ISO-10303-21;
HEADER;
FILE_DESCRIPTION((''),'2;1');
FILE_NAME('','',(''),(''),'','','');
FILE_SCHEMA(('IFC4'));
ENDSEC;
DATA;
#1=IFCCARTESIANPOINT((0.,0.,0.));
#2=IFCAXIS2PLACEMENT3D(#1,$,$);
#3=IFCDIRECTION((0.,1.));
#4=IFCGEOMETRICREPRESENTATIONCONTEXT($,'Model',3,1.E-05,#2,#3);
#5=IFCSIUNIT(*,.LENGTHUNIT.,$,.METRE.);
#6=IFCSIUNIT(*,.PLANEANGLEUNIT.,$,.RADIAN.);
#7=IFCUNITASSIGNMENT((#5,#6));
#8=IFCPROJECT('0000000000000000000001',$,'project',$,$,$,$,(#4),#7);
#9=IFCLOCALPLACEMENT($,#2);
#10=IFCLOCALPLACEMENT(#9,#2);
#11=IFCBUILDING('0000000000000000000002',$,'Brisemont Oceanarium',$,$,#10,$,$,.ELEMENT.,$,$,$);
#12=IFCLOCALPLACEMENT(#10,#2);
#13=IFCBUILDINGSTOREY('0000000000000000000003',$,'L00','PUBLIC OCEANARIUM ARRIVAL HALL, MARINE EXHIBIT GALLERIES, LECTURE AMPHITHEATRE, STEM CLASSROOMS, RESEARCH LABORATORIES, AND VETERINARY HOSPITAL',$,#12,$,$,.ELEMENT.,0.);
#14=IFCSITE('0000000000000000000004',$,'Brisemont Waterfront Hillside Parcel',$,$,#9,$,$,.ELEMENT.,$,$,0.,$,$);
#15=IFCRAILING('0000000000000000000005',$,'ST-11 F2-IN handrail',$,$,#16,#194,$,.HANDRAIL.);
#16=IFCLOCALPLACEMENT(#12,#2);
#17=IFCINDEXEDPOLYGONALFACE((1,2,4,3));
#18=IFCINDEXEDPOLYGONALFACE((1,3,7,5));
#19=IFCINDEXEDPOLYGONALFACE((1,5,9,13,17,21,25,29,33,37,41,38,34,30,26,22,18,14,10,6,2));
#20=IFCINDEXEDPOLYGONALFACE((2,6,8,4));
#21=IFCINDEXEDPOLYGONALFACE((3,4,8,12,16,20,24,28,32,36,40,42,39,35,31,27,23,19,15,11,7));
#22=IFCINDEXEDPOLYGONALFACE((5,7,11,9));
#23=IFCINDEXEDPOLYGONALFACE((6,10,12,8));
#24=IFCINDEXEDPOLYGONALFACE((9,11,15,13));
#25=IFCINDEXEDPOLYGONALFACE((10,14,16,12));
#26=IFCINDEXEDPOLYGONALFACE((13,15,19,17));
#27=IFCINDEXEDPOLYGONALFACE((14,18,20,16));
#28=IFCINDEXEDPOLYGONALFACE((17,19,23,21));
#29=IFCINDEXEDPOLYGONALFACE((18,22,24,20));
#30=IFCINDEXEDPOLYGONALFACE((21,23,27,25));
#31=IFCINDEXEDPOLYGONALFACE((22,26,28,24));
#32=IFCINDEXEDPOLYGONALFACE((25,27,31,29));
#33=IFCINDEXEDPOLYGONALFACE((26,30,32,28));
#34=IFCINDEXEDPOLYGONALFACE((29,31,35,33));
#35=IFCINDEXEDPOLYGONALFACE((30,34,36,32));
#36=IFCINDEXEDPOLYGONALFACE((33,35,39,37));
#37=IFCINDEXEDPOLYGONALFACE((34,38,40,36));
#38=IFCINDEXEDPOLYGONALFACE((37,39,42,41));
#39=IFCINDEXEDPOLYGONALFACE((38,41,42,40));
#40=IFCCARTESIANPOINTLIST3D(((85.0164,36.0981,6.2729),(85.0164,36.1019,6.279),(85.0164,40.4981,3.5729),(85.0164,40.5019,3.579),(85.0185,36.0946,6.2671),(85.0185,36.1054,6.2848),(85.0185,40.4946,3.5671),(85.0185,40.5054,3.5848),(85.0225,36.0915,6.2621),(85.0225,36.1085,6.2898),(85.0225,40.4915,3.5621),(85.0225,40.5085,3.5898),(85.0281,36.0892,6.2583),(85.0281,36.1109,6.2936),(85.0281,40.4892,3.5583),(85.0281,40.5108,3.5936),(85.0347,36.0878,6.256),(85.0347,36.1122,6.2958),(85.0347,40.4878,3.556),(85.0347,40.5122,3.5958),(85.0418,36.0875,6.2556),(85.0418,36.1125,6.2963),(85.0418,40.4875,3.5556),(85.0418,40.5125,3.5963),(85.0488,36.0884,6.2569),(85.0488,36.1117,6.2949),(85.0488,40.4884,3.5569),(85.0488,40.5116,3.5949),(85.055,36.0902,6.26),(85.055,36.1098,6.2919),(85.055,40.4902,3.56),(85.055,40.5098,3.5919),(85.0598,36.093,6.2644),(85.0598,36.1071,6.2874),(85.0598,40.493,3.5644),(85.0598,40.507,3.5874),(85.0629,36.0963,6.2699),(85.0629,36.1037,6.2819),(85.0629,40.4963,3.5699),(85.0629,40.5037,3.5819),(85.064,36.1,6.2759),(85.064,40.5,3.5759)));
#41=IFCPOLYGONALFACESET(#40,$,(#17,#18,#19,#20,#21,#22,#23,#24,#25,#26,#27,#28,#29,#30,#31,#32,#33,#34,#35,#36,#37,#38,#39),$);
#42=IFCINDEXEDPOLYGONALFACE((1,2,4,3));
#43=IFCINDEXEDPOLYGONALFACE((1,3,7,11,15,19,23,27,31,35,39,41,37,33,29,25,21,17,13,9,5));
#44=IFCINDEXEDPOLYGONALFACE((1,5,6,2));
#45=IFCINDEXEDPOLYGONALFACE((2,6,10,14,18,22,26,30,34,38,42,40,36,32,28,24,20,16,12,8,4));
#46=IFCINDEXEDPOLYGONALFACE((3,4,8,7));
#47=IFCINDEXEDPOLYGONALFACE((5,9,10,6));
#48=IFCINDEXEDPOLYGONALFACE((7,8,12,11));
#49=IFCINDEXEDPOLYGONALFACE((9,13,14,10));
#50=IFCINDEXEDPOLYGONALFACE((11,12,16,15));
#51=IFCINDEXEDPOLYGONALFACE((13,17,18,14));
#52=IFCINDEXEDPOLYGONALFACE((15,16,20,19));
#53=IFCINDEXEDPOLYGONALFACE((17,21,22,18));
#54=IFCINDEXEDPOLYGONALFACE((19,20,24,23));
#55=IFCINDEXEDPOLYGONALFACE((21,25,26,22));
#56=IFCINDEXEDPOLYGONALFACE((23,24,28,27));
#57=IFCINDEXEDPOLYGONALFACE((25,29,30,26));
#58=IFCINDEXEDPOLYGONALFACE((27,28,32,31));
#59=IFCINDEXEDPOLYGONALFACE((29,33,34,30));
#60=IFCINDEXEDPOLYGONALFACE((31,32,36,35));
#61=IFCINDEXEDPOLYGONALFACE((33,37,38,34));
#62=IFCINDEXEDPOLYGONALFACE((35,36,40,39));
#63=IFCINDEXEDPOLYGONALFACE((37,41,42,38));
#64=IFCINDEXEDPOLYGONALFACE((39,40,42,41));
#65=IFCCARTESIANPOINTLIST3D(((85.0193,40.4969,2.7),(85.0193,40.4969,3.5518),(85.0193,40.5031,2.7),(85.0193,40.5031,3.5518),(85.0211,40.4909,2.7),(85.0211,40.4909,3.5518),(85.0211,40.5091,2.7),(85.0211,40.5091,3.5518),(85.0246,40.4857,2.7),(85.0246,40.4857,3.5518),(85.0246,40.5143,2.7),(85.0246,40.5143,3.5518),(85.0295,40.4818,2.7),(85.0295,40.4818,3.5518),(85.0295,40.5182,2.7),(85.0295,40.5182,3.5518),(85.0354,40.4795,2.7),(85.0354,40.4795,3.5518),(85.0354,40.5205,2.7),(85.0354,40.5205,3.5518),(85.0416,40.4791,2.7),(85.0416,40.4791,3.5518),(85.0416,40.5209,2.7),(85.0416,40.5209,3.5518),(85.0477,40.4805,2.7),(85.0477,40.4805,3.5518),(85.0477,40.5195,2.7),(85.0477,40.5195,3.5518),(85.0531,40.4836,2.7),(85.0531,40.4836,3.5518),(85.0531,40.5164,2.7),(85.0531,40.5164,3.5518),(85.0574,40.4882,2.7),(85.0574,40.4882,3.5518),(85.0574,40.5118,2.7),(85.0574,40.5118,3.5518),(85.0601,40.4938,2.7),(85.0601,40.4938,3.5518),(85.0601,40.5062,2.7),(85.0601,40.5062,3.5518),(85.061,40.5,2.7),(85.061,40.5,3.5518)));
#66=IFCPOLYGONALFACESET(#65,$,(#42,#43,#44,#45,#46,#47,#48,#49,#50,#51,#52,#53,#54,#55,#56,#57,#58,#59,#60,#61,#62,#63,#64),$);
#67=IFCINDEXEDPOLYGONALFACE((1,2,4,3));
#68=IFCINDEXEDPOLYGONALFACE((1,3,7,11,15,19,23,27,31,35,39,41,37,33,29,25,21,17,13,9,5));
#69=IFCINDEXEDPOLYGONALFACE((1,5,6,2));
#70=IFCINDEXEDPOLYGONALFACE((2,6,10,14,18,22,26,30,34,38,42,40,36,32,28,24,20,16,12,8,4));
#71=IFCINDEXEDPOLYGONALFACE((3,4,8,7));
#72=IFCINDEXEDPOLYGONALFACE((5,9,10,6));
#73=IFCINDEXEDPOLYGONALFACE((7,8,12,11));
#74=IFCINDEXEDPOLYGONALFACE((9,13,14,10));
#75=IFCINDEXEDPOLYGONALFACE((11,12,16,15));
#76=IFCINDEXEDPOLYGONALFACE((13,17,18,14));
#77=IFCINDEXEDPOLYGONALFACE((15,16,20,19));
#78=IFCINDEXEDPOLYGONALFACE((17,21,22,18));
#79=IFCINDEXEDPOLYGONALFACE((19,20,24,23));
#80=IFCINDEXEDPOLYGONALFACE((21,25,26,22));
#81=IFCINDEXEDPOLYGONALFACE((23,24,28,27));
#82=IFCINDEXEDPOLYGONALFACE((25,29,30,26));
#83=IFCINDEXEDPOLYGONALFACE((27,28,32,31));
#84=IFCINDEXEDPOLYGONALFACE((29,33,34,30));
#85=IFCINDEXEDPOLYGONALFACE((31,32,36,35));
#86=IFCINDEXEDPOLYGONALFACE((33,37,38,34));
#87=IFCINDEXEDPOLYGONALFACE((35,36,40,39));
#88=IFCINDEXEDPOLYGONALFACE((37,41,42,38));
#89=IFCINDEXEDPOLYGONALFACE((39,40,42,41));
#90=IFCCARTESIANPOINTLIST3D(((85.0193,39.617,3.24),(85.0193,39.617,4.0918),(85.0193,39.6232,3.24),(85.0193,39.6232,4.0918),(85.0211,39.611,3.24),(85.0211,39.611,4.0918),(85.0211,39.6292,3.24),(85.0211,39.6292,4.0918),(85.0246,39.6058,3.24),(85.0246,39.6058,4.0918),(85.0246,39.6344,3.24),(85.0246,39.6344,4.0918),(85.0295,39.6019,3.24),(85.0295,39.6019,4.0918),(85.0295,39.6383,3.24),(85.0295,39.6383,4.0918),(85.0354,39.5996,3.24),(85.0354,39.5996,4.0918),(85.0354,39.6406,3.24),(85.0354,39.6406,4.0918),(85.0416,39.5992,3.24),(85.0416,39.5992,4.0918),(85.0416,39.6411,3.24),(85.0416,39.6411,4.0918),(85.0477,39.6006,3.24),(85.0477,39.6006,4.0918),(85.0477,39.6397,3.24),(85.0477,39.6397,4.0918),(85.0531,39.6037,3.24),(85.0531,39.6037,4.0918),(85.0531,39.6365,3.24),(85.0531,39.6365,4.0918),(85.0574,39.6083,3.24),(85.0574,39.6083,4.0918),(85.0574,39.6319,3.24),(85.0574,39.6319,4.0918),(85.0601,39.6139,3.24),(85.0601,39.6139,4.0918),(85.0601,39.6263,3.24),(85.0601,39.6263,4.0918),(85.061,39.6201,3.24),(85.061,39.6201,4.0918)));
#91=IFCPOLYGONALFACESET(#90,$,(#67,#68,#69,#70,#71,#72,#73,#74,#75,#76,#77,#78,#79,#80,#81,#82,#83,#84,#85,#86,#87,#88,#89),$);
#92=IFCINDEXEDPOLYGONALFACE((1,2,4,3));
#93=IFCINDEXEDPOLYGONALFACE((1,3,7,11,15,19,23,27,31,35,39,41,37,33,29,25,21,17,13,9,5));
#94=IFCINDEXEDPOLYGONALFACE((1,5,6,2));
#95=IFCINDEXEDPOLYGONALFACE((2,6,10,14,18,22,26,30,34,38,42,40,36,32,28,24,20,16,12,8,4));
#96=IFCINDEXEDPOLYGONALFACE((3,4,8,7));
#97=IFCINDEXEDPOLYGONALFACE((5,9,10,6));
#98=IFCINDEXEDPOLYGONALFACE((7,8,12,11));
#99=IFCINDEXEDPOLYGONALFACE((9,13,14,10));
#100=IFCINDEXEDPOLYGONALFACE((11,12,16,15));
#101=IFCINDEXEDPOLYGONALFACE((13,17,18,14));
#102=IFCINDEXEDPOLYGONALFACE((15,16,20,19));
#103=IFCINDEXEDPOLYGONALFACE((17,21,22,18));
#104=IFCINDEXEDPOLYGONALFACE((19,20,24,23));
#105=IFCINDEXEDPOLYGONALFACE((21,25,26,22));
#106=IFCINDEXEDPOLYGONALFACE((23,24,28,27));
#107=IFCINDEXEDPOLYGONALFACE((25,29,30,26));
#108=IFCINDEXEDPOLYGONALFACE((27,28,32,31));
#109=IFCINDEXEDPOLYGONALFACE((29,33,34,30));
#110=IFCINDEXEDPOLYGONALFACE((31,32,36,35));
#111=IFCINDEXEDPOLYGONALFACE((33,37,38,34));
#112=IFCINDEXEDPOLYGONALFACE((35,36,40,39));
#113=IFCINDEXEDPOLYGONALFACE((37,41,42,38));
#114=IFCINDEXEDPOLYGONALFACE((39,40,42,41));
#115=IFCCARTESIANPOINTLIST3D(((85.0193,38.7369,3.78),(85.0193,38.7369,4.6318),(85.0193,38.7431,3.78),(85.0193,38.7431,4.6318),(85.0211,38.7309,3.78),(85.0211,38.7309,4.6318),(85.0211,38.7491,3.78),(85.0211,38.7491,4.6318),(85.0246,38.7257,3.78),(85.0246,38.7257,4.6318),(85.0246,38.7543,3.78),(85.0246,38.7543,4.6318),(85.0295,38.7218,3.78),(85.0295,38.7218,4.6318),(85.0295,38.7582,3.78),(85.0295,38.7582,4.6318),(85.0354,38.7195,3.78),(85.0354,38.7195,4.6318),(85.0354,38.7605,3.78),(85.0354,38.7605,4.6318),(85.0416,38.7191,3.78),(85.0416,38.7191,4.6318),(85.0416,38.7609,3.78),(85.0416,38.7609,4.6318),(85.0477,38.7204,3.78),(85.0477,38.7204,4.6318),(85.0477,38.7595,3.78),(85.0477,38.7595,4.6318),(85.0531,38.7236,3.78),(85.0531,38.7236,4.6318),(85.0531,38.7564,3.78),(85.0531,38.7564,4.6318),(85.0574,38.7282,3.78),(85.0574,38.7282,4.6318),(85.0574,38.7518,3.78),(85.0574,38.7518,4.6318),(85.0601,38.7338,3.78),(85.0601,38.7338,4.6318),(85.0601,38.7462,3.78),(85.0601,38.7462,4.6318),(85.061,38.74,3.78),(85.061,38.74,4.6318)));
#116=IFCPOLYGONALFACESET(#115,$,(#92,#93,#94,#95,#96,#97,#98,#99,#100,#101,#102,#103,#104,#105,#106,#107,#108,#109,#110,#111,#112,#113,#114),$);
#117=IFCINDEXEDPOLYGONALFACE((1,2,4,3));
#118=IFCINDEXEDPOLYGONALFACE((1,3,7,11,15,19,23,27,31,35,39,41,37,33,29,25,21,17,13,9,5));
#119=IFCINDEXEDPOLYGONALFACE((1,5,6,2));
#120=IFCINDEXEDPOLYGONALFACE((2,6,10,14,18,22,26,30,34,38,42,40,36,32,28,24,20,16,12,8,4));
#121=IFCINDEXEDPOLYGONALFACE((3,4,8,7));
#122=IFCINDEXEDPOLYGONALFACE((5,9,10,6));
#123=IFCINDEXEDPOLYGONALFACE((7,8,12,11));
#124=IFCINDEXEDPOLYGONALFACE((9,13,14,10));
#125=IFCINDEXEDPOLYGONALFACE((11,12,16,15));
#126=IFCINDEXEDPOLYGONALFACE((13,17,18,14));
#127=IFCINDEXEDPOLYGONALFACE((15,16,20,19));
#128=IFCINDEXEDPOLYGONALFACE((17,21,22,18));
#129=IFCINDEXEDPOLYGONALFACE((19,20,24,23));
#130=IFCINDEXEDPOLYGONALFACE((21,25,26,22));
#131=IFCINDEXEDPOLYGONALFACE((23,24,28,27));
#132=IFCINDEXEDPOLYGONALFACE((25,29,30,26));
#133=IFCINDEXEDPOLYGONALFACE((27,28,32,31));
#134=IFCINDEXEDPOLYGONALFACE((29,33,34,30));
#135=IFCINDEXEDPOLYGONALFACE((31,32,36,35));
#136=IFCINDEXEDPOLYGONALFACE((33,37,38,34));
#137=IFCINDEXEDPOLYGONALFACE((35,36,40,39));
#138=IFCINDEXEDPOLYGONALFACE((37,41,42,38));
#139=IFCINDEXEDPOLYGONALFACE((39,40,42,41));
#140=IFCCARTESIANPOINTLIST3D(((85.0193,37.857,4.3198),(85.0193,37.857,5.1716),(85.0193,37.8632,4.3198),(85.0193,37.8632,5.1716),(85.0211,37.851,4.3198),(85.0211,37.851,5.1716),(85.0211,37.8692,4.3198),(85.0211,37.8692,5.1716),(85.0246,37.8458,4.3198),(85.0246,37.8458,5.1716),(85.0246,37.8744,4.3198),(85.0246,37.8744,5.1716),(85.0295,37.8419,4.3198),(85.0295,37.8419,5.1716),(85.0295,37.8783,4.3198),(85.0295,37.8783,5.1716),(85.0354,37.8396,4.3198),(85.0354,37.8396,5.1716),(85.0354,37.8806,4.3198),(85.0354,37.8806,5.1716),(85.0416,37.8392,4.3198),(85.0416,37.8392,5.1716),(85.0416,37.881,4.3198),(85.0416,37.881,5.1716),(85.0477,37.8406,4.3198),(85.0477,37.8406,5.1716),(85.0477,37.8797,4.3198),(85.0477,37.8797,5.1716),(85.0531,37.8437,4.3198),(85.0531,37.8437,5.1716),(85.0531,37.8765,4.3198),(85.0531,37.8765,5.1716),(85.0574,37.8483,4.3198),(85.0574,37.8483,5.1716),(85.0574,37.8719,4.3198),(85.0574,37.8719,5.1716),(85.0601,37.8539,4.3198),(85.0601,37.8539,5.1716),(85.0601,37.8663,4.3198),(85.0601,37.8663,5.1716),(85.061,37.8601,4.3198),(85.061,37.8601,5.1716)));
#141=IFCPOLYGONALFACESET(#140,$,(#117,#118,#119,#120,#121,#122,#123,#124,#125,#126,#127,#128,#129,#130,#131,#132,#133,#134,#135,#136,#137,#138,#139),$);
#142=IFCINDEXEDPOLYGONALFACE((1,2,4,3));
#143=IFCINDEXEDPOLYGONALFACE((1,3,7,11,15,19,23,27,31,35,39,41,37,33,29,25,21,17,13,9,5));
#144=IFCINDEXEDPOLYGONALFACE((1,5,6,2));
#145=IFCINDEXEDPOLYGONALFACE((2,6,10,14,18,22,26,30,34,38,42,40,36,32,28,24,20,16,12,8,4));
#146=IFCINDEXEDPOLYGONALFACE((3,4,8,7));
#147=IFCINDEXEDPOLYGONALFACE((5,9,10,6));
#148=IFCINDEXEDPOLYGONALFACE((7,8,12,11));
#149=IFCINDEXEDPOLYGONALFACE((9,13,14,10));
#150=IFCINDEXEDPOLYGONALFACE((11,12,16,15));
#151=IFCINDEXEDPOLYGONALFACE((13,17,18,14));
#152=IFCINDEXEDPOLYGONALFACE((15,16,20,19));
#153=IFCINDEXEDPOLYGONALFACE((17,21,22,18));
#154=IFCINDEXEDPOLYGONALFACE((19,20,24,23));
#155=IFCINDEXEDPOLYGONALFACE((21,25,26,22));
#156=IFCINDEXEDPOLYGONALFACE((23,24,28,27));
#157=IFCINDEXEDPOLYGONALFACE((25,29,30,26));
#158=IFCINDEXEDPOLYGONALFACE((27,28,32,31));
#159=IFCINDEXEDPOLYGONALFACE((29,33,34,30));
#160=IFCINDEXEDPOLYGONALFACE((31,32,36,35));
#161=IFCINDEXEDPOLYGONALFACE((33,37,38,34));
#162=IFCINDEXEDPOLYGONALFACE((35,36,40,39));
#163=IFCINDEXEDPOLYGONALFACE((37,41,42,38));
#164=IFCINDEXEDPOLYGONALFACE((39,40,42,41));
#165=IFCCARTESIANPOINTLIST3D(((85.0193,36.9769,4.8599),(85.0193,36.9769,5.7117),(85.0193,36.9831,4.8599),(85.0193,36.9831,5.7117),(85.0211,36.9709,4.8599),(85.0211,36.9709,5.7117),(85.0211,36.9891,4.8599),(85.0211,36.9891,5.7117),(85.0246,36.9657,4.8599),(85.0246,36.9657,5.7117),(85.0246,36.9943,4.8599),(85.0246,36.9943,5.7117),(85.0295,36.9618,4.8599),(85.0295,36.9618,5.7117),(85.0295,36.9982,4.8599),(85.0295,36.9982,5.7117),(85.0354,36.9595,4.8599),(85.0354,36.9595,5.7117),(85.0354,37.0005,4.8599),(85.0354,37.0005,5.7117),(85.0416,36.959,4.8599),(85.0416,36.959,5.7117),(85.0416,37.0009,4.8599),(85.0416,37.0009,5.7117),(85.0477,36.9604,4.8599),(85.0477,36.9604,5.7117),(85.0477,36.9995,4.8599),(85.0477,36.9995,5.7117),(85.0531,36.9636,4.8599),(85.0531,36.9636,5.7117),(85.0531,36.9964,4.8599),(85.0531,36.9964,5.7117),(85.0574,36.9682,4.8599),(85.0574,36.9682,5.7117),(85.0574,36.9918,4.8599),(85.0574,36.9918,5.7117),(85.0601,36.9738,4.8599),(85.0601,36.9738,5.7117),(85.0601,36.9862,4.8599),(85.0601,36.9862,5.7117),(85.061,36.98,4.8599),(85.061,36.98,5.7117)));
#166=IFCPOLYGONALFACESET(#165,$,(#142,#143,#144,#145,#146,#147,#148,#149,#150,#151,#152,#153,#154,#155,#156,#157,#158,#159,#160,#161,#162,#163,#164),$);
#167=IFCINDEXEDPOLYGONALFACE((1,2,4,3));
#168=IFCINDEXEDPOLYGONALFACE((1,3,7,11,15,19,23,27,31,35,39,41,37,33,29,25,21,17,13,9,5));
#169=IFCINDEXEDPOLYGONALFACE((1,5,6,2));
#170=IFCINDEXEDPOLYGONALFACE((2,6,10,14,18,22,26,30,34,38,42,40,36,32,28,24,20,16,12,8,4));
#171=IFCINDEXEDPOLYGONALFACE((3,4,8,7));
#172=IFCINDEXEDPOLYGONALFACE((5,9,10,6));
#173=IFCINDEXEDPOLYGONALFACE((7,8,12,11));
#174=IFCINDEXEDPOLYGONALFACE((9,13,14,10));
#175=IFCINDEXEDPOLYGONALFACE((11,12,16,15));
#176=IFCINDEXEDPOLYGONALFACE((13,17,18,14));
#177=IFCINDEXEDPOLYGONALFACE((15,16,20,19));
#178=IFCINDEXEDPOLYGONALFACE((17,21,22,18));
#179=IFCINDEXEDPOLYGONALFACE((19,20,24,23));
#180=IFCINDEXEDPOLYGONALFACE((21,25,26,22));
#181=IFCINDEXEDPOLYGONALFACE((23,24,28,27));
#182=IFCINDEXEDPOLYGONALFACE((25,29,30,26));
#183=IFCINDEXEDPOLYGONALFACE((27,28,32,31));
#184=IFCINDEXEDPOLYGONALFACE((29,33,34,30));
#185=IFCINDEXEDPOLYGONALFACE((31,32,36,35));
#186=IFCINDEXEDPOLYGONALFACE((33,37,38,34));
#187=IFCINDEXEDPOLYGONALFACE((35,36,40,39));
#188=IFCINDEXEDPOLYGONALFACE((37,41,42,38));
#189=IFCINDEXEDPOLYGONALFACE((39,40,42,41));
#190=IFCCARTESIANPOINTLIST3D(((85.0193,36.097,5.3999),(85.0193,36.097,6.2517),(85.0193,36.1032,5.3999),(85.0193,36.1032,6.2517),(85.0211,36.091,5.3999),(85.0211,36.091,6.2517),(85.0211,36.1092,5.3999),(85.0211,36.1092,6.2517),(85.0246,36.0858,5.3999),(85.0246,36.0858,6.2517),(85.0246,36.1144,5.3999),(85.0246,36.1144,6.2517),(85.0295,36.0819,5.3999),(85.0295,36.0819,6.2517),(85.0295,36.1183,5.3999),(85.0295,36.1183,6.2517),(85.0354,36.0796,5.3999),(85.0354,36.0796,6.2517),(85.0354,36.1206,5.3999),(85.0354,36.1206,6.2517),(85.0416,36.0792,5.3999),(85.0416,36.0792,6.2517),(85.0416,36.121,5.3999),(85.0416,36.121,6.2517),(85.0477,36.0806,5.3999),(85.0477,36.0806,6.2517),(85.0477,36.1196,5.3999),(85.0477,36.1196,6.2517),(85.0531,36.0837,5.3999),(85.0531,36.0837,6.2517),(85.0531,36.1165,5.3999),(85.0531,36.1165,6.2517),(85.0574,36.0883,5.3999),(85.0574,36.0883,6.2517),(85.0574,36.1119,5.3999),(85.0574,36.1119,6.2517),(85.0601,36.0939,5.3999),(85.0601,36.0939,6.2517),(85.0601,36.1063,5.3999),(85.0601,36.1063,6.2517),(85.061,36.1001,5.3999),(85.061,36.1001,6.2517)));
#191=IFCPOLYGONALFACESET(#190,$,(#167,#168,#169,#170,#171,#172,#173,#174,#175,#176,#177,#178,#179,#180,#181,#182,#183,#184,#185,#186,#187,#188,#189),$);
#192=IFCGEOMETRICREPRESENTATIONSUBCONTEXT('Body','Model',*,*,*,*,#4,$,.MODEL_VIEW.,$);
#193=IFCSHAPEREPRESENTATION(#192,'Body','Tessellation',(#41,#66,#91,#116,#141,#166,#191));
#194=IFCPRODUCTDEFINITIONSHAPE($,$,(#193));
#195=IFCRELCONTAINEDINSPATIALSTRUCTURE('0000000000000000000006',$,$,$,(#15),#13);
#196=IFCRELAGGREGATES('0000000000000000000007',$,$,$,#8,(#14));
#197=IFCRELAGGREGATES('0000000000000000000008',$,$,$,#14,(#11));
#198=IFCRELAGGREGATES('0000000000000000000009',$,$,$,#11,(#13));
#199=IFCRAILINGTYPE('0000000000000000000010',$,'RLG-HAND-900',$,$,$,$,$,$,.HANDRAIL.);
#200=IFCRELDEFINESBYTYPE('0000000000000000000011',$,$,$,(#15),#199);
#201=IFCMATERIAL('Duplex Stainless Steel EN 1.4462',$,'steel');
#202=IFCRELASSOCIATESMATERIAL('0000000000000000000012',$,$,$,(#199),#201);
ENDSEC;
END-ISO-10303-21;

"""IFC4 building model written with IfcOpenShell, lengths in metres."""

from ifc_helpers import new_model, si_unit, direction, frame, origin, origin_2d, place, context, subcontext, project, spatial, circle, extrude, material, type_object, element, save


model = new_model("IFC4")

# Units and contexts
model_context = context("Model", 3, precision=1e-05, world=origin(), true_north=direction((0.0, 1.0)))
body_context = subcontext(model_context, "Body", "Model", "MODEL_VIEW")
ifc_project = project(units=[si_unit("LENGTHUNIT", "METRE"), si_unit("PLANEANGLEUNIT", "RADIAN")], contexts=[model_context])

# Site, building, storey
site_placement = place(None, origin())
site = spatial("IfcSite", under=ifc_project, at=site_placement, Name="Brisemont Waterfront Hillside Parcel", CompositionType="ELEMENT", RefElevation=0.0)
building_placement = place(site_placement, origin())
building = spatial("IfcBuilding", under=site, at=building_placement, Name="Brisemont Oceanarium", CompositionType="ELEMENT")
storey_placement = place(building_placement, origin())
storey = spatial("IfcBuildingStorey", under=building, at=storey_placement, Name="L00", Description="PUBLIC OCEANARIUM ARRIVAL HALL, MARINE EXHIBIT GALLERIES, LECTURE AMPHITHEATRE, STEM CLASSROOMS, RESEARCH LABORATORIES, AND VETERINARY HOSPITAL", CompositionType="ELEMENT", Elevation=0.0)

# Railing
ifc_material_1 = material(Name="Duplex Stainless Steel EN 1.4462", Category="steel")
railing_type_1 = type_object("IfcRailingType", Name="RLG-HAND-900", PredefinedType="HANDRAIL", material=ifc_material_1)
railing_1_placement = place(storey_placement, frame((85.04, 40.5, 2.7)))
element("IfcRailing", 1, at=railing_1_placement, inside=storey, type_object=railing_type_1, Name="ST-11 F2-IN handrail", PredefinedType="HANDRAIL", context=body_context, shape_type="SweptSolid", body=[
    extrude(circle(Radius=0.0239, at=origin_2d()), frame((0.0, 0.0, 0.876), z_axis=(0.0, -0.852322, 0.523018), x_axis=(1.0, 0.0, 0.0)), (0.0, 0.0, 1.0), 5.1624),
    extrude(circle(Radius=0.021, at=origin_2d()), origin(), (0.0, 0.0, 1.0), 0.8518),
    extrude(circle(Radius=0.021, at=origin_2d()), frame((0.0, -0.8799, 0.54)), (0.0, 0.0, 1.0), 0.8518),
    extrude(circle(Radius=0.021, at=origin_2d()), frame((0.0, -1.76, 1.0801)), (0.0, 0.0, 1.0), 0.8518),
    extrude(circle(Radius=0.021, at=origin_2d()), frame((0.0, -2.6399, 1.6199)), (0.0, 0.0, 1.0), 0.8518),
    extrude(circle(Radius=0.021, at=origin_2d()), frame((0.0, -3.52, 2.1599)), (0.0, 0.0, 1.0), 0.8518),
    extrude(circle(Radius=0.021, at=origin_2d()), frame((0.0, -4.3999, 2.7)), (0.0, 0.0, 1.0), 0.8518),
])

save(model, "model.ifc")
